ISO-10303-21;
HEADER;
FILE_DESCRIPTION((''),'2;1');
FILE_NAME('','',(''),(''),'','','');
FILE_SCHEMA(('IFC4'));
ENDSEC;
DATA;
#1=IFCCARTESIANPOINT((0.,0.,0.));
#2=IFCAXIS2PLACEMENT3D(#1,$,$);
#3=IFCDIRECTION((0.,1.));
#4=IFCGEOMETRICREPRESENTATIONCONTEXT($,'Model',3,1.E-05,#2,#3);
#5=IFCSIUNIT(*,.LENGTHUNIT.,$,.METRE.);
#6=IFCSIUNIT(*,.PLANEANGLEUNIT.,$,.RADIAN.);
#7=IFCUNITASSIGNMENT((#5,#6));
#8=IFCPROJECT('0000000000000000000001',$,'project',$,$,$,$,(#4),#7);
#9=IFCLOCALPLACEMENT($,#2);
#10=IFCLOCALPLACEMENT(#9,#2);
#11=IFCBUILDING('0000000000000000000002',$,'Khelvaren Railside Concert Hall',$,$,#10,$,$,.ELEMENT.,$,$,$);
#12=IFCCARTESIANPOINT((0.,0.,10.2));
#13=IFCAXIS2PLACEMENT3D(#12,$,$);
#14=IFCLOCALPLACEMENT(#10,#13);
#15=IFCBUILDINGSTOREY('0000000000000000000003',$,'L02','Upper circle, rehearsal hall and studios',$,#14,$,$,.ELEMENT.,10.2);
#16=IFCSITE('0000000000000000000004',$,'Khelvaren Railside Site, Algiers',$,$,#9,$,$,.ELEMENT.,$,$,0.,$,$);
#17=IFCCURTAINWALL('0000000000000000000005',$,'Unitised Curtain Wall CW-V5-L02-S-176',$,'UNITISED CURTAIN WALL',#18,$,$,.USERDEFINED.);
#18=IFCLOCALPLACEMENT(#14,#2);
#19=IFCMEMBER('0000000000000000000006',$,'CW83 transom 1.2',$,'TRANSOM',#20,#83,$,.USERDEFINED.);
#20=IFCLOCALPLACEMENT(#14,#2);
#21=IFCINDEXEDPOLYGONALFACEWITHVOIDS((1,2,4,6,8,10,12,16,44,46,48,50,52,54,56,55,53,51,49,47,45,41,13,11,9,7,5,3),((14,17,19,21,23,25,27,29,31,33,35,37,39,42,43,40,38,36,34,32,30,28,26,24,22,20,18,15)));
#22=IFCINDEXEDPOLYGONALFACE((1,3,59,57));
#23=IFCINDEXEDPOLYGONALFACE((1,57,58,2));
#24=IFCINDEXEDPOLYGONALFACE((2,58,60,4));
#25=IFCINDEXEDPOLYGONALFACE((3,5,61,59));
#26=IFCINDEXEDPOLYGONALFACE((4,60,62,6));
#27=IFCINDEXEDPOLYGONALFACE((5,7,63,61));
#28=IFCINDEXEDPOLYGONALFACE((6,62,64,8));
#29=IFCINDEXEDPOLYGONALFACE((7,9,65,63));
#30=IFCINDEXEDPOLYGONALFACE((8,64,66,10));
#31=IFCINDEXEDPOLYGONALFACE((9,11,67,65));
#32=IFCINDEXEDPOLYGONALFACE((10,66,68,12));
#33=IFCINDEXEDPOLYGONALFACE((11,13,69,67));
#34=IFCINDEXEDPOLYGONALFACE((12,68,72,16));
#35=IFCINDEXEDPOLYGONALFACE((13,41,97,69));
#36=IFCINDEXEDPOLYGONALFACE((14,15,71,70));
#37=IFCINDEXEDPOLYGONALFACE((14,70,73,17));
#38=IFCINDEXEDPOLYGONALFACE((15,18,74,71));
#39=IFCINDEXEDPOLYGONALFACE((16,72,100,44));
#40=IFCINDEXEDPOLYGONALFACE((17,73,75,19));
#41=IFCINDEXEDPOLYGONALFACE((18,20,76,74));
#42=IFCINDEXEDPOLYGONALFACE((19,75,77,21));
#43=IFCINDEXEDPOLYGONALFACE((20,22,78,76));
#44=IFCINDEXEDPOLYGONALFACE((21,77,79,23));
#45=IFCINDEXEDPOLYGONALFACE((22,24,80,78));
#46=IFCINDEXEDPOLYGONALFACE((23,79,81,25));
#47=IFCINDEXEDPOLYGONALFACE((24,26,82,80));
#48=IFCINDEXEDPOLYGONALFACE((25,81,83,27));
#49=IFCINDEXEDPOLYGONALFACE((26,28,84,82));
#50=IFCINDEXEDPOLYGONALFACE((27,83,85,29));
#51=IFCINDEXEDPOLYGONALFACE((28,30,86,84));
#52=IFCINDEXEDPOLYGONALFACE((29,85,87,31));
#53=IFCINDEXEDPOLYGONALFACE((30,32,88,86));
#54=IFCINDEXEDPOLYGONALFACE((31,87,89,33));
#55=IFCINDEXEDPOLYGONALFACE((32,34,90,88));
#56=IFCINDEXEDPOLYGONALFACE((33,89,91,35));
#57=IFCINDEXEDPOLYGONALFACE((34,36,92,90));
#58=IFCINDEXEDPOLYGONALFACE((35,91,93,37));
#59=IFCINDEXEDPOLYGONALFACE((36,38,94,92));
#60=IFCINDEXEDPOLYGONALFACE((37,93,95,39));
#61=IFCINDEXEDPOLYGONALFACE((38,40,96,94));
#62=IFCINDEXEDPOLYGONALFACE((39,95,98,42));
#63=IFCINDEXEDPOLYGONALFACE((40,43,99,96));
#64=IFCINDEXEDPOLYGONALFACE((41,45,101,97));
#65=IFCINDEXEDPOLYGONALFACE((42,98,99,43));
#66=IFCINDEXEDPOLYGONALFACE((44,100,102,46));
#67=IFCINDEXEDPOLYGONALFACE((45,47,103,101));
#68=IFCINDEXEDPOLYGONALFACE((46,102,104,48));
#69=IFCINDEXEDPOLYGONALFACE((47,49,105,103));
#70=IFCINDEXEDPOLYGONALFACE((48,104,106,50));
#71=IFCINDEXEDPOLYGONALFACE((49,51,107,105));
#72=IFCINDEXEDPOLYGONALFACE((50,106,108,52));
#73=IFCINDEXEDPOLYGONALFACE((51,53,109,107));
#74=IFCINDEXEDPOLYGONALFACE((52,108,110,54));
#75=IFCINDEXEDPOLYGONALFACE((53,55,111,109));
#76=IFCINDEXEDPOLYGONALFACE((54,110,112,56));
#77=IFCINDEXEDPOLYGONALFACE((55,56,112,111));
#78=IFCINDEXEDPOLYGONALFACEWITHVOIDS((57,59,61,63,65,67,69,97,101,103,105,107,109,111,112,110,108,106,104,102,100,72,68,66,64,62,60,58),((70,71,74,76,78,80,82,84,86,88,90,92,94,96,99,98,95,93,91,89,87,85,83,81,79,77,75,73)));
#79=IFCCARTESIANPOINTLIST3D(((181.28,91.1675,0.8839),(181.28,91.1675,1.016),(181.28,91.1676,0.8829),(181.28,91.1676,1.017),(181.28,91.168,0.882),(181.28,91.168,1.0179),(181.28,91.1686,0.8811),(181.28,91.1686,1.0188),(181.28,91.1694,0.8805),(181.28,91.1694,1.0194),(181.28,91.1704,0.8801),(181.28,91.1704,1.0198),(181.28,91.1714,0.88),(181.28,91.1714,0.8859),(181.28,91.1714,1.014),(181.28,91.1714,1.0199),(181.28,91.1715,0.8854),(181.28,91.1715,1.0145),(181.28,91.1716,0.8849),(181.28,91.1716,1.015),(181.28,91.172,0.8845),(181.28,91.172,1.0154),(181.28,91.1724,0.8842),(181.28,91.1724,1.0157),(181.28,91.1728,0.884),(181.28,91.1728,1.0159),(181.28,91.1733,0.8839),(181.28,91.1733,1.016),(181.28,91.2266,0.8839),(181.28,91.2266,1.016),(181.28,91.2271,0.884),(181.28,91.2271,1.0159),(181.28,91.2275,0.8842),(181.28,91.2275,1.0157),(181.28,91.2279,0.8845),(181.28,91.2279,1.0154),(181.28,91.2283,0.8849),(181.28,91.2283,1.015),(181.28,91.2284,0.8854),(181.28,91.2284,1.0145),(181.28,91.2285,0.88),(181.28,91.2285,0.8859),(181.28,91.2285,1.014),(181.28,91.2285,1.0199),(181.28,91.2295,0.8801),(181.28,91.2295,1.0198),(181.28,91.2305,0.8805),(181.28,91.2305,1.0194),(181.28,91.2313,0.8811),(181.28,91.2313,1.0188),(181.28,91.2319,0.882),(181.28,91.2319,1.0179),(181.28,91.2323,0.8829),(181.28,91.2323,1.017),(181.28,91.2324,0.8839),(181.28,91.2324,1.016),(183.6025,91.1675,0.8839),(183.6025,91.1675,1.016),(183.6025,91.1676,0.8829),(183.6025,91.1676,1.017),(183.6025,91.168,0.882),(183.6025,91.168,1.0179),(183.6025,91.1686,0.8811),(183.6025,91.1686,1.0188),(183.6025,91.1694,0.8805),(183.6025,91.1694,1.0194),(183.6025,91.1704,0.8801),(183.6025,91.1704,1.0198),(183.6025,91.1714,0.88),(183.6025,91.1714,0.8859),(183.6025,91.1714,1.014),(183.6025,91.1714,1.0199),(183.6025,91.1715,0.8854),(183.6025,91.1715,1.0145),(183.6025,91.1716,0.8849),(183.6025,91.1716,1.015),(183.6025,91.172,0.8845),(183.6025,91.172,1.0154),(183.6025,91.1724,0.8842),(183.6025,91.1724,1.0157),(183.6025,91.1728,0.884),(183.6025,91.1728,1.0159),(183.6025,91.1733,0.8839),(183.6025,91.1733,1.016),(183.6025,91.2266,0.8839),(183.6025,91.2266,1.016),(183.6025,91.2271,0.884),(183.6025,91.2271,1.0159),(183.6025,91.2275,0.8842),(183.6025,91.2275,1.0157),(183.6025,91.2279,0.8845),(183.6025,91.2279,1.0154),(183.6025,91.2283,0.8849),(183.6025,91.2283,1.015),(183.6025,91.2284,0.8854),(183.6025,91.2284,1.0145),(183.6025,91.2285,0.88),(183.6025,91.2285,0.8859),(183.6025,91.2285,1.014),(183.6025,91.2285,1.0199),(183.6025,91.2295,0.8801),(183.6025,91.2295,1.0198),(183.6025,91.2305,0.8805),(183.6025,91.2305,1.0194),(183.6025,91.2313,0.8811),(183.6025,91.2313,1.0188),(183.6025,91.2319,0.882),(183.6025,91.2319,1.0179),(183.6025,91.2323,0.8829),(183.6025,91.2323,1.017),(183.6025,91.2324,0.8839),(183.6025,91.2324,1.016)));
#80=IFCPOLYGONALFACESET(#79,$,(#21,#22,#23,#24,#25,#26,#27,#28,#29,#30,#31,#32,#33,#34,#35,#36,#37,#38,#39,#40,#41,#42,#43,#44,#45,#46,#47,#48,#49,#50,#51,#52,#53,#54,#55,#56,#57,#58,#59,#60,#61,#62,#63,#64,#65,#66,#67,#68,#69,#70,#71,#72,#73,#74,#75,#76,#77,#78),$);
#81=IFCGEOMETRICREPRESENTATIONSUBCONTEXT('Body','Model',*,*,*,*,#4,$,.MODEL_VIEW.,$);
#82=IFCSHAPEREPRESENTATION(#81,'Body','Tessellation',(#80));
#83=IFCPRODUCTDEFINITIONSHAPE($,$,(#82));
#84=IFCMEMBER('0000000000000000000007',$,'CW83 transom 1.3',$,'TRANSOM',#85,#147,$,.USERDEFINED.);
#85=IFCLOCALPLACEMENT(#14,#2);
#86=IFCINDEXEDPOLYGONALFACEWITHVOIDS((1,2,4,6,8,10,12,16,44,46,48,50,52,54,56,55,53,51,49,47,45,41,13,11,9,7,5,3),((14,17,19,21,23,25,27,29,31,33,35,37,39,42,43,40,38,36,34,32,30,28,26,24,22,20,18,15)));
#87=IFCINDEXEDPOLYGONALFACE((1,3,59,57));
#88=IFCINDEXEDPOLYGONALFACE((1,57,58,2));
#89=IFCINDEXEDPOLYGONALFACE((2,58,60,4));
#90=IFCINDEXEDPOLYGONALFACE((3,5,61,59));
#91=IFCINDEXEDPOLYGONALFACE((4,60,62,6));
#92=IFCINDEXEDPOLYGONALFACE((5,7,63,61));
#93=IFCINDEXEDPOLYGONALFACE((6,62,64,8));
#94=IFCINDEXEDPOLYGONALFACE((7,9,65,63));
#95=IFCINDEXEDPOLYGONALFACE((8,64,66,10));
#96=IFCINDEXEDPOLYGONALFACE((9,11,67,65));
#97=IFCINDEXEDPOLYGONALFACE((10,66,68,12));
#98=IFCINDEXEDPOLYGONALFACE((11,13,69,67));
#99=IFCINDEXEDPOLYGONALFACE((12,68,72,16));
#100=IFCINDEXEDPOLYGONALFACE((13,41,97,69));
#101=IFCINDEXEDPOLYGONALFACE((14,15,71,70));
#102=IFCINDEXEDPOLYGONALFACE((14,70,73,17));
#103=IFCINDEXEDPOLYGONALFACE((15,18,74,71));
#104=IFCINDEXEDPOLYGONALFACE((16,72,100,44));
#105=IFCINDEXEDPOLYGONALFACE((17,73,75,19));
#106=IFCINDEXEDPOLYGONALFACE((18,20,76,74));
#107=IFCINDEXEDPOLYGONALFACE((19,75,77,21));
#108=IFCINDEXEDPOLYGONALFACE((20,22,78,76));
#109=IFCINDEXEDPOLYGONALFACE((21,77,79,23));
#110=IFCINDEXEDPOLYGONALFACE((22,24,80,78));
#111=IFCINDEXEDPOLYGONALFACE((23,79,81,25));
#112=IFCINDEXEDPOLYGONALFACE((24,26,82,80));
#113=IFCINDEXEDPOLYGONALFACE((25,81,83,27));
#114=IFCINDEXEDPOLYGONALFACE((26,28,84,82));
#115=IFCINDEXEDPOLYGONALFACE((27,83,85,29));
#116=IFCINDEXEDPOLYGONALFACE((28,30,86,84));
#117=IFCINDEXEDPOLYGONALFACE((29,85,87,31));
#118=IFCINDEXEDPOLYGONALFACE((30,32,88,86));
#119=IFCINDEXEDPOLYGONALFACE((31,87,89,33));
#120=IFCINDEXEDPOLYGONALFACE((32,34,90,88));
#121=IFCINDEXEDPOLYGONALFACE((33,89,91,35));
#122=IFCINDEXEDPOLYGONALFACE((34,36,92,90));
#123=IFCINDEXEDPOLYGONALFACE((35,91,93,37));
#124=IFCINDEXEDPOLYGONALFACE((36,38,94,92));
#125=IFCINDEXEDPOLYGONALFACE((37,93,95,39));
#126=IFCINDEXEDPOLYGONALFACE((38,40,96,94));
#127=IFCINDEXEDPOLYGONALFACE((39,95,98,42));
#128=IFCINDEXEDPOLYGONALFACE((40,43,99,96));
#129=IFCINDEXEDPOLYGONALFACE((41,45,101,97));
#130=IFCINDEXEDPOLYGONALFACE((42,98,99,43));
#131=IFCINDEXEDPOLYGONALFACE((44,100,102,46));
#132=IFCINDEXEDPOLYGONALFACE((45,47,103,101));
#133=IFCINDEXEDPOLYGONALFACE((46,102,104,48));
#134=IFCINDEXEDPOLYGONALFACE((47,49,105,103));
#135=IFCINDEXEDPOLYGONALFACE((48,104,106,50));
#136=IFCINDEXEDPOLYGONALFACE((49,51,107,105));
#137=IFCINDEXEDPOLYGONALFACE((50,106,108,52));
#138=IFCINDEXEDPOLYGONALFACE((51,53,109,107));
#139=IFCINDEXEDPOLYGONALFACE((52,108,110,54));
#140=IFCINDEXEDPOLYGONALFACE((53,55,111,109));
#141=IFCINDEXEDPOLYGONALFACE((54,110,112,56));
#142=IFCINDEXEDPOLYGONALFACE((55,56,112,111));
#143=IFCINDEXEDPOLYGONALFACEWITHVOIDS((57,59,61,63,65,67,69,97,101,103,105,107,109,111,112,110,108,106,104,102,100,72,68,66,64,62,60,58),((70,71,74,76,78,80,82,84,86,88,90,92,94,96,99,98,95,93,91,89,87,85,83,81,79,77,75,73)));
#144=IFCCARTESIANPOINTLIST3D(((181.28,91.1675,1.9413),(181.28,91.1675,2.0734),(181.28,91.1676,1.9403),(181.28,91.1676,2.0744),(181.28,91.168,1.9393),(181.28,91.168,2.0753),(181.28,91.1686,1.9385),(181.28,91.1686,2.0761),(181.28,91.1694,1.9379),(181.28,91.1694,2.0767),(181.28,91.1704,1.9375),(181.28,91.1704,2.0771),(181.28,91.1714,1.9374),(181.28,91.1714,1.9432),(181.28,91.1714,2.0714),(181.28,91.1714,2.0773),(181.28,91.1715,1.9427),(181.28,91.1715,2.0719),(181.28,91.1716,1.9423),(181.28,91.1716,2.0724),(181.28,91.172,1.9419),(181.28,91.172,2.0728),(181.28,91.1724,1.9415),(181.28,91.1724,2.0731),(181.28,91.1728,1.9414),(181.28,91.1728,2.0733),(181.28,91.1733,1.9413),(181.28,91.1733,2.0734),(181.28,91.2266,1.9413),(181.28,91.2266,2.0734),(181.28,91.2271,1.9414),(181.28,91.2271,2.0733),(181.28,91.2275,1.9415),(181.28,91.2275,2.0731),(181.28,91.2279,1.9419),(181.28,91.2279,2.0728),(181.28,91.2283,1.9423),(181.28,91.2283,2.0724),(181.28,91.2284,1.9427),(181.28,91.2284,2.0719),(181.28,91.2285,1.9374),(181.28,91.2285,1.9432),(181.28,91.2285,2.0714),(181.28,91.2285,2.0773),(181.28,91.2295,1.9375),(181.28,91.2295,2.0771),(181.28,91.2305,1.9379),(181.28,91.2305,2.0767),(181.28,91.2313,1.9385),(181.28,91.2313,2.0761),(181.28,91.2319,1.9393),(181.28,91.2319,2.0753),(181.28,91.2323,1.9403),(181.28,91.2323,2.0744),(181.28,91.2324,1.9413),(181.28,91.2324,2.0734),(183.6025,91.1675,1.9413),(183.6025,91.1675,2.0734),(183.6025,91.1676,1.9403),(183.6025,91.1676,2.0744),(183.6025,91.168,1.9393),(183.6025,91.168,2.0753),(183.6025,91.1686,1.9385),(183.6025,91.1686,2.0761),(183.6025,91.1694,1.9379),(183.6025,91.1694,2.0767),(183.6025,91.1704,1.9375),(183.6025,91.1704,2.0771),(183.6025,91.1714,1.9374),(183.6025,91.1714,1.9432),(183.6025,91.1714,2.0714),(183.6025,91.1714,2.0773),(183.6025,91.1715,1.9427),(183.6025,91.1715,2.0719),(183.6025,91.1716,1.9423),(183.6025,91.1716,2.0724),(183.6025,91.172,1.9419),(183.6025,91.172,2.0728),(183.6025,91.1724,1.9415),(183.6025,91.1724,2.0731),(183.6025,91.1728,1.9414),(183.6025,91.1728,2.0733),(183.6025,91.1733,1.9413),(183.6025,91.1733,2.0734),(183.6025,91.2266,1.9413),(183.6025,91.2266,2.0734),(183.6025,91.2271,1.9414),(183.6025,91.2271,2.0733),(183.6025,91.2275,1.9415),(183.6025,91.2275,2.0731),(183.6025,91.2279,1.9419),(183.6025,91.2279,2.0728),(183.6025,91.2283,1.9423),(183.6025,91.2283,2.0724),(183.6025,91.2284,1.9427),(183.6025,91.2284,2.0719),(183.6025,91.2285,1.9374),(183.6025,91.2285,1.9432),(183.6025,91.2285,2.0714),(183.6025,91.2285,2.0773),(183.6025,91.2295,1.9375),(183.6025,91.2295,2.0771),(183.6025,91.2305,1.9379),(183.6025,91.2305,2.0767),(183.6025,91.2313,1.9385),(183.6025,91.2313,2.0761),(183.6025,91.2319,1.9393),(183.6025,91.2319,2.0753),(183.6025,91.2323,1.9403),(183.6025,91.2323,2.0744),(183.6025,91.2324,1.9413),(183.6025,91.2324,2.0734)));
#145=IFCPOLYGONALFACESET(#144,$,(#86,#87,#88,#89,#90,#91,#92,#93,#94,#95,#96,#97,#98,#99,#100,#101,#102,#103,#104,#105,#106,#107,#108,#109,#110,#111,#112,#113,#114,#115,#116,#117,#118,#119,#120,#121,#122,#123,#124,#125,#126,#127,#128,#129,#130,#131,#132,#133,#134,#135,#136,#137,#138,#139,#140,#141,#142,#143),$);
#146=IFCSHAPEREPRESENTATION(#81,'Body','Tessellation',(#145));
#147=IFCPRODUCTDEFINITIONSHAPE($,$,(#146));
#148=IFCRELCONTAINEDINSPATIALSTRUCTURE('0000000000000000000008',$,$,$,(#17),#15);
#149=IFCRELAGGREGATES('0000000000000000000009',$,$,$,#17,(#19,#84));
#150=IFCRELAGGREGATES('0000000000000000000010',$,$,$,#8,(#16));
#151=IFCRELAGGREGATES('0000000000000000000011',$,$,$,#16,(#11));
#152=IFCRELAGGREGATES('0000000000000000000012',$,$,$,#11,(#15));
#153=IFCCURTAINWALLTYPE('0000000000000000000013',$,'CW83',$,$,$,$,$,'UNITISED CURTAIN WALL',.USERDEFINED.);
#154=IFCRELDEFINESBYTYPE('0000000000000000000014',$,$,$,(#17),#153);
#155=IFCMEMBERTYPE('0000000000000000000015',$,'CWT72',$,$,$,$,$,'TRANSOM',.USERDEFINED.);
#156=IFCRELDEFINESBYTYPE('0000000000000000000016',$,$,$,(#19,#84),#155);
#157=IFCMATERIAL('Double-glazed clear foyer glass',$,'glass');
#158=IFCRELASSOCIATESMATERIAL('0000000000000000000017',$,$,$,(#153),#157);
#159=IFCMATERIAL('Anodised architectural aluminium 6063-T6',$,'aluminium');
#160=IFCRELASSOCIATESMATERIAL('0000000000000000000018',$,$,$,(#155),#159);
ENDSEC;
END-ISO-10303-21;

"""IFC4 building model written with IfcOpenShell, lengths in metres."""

from ifc_helpers import new_model, si_unit, direction, frame, origin, origin_2d, place, context, subcontext, project, spatial, hollow_rectangle, extrude, material, material_profile, profile_set, type_object, element, aggregate, save


model = new_model("IFC4")

# Units and contexts
model_context = context("Model", 3, precision=1e-05, world=origin(), true_north=direction((0.0, 1.0)))
body_context = subcontext(model_context, "Body", "Model", "MODEL_VIEW")
ifc_project = project(units=[si_unit("LENGTHUNIT", "METRE"), si_unit("PLANEANGLEUNIT", "RADIAN")], contexts=[model_context])

# Site, building, storey
site_placement = place(None, origin())
site = spatial("IfcSite", under=ifc_project, at=site_placement, Name="Khelvaren Railside Site, Algiers", CompositionType="ELEMENT", RefElevation=0.0)
building_placement = place(site_placement, origin())
building = spatial("IfcBuilding", under=site, at=building_placement, Name="Khelvaren Railside Concert Hall", CompositionType="ELEMENT")
storey_placement = place(building_placement, frame((0.0, 0.0, 10.2)))
storey = spatial("IfcBuildingStorey", under=building, at=storey_placement, Name="L02", Description="Upper circle, rehearsal hall and studios", CompositionType="ELEMENT", Elevation=10.2)

# Curtain wall
ifc_material_1 = material(Name="Double-glazed clear foyer glass", Category="glass")
curtain_wall_type_1 = type_object("IfcCurtainWallType", Name="CW83", ElementType="UNITISED CURTAIN WALL", PredefinedType="USERDEFINED", material=ifc_material_1)
curtain_wall_1_placement = place(storey_placement, origin())
curtain_wall_1 = element("IfcCurtainWall", 1, at=curtain_wall_1_placement, inside=storey, type_object=curtain_wall_type_1, Name="Unitised Curtain Wall CW-V5-L02-S-176", ObjectType="UNITISED CURTAIN WALL", PredefinedType="USERDEFINED")
ifc_material_2 = material(Name="Anodised architectural aluminium 6063-T6", Category="aluminium")

# Members
ifc_material_profile_1 = material_profile(ifc_material_2, hollow_rectangle(XDim=0.0649, YDim=0.1399, WallThickness=0.0039, InnerFilletRadius=0.002, OuterFilletRadius=0.0039, at=origin_2d()), Name="CWT 65x140x4")
ifc_profile_set_1 = profile_set([ifc_material_profile_1], Name="Anodised architectural aluminium 6063-T6")
member_type_1 = type_object("IfcMemberType", Name="CWT72", ElementType="TRANSOM", PredefinedType="USERDEFINED", material=ifc_profile_set_1)
member_1_placement = place(storey_placement, frame((183.6025, 91.2, 0.95), z_axis=(-1.0, 0.0, 0.0), x_axis=(0.0, -1.0, 0.0)))
member_1 = element("IfcMember", 2, at=member_1_placement, type_object=member_type_1, Name="CW83 transom 1.2", ObjectType="TRANSOM", PredefinedType="USERDEFINED", context=body_context, shape_type="SweptSolid", body=[
    extrude(hollow_rectangle(XDim=0.0649, YDim=0.1399, WallThickness=0.0039, InnerFilletRadius=0.002, OuterFilletRadius=0.0039, at=origin_2d()), origin(), (0.0, 0.0, 1.0), 2.3225),
])
member_2_placement = place(storey_placement, frame((183.6025, 91.2, 2.0073), z_axis=(-1.0, 0.0, 0.0), x_axis=(0.0, -1.0, 0.0)))
member_2 = element("IfcMember", 3, at=member_2_placement, type_object=member_type_1, Name="CW83 transom 1.3", ObjectType="TRANSOM", PredefinedType="USERDEFINED", context=body_context, shape_type="SweptSolid", body=[
    extrude(hollow_rectangle(XDim=0.0649, YDim=0.1399, WallThickness=0.0039, InnerFilletRadius=0.002, OuterFilletRadius=0.0039, at=origin_2d()), origin(), (0.0, 0.0, 1.0), 2.3225),
])

aggregate(curtain_wall_1, [member_1, member_2])

save(model, "model.ifc")
